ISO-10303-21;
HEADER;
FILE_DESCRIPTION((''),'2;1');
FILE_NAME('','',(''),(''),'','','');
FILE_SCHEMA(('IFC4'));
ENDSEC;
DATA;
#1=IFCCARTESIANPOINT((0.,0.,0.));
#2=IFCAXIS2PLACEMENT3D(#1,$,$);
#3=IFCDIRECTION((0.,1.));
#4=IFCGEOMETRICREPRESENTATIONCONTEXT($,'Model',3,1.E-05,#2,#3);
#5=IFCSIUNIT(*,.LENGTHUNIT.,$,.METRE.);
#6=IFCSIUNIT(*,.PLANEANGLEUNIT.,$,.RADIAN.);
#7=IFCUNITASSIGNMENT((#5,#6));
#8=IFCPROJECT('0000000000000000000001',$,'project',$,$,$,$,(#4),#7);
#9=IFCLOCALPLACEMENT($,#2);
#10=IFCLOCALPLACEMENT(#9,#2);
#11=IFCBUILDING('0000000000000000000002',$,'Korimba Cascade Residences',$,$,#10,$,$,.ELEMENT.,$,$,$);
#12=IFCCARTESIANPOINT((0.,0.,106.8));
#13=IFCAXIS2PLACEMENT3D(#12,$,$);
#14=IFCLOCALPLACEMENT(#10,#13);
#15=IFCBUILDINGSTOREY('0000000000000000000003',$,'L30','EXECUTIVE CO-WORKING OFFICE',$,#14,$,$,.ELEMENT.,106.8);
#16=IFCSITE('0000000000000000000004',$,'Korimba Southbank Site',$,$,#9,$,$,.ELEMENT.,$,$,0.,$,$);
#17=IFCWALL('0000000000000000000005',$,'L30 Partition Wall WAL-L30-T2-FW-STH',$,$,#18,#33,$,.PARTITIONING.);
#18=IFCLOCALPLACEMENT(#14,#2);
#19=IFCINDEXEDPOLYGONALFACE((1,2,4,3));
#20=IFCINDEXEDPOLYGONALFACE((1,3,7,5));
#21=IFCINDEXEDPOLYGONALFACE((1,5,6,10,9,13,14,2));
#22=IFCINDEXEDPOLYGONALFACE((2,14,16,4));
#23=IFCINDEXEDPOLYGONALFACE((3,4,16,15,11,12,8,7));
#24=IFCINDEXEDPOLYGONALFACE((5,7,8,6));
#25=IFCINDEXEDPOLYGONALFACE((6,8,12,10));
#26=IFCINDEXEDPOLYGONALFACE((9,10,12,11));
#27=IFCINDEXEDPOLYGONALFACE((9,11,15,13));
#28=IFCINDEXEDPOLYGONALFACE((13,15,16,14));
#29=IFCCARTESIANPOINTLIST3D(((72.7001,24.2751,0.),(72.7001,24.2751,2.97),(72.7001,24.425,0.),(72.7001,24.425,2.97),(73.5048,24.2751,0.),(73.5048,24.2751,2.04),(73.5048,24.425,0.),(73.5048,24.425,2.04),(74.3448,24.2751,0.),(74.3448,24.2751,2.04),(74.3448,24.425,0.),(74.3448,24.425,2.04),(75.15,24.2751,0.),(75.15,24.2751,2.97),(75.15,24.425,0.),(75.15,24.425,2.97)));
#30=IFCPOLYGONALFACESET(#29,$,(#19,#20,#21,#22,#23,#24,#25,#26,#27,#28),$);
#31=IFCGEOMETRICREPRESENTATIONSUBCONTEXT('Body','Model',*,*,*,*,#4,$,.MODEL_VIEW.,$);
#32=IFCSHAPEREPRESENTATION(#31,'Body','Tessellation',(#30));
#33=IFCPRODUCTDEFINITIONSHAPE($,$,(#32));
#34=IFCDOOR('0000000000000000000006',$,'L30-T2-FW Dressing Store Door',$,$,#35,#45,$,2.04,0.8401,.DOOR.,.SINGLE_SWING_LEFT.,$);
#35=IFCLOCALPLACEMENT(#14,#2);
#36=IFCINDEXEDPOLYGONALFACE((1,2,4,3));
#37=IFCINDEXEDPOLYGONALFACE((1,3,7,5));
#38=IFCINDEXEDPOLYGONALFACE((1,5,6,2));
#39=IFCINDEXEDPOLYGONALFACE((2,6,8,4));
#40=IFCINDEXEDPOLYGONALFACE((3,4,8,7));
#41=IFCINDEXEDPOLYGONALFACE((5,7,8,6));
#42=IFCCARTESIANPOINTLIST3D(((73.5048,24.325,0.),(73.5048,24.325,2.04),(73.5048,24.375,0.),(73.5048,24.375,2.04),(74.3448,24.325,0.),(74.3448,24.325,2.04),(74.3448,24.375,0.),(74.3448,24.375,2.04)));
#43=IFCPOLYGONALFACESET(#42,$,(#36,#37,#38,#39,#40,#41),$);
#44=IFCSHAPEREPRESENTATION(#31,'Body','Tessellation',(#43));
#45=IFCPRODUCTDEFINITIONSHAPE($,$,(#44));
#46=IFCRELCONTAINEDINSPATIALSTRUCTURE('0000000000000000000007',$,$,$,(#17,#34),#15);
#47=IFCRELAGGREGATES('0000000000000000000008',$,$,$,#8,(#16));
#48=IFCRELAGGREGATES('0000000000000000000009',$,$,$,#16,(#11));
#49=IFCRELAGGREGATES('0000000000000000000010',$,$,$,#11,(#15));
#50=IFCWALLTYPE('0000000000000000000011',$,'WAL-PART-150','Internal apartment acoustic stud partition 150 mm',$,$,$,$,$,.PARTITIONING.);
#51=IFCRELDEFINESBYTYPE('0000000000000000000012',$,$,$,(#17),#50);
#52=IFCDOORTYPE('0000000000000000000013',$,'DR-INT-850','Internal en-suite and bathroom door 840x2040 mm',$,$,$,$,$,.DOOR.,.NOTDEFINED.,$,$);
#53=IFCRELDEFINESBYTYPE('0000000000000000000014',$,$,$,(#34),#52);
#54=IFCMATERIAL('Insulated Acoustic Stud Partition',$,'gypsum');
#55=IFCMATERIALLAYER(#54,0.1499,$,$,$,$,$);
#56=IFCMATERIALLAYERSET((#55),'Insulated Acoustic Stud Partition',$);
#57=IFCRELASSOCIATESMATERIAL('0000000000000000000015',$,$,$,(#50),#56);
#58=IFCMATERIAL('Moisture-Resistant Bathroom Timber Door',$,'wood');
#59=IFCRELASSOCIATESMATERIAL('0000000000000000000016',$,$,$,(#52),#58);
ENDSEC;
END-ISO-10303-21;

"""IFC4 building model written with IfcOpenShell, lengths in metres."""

from ifc_helpers import new_model, si_unit, direction, frame, frame_2d, origin, place, context, subcontext, project, spatial, rectangle, extrude, material, layer, layer_set, type_object, element, fill, save


model = new_model("IFC4")

# Units and contexts
model_context = context("Model", 3, precision=1e-05, world=origin(), true_north=direction((0.0, 1.0)))
body_context = subcontext(model_context, "Body", "Model", "MODEL_VIEW")
ifc_project = project(units=[si_unit("LENGTHUNIT", "METRE"), si_unit("PLANEANGLEUNIT", "RADIAN")], contexts=[model_context])

# Site, building, storey
site_placement = place(None, origin())
site = spatial("IfcSite", under=ifc_project, at=site_placement, Name="Korimba Southbank Site", CompositionType="ELEMENT", RefElevation=0.0)
building_placement = place(site_placement, origin())
building = spatial("IfcBuilding", under=site, at=building_placement, Name="Korimba Cascade Residences", CompositionType="ELEMENT")
storey_placement = place(building_placement, frame((0.0, 0.0, 106.8)))
storey = spatial("IfcBuildingStorey", under=building, at=storey_placement, Name="L30", Description="EXECUTIVE CO-WORKING OFFICE", CompositionType="ELEMENT", Elevation=106.8)

# Shared definitions
ifc_material_1 = material(Name="Insulated Acoustic Stud Partition", Category="gypsum")
ifc_layer_1 = layer(ifc_material_1, 0.1499)
ifc_layer_set_1 = layer_set([ifc_layer_1], Name="Insulated Acoustic Stud Partition")
wall_type_1 = type_object("IfcWallType", Name="WAL-PART-150", Description="Internal apartment acoustic stud partition 150 mm", PredefinedType="PARTITIONING", material=ifc_layer_set_1)

# Wall, opening, door
wall_1_placement = place(storey_placement, frame((72.7, 24.3501, 0.0), z_axis=(0.0, 0.0, 1.0), x_axis=(1.0, 0.0, 0.0)))
wall_1 = element("IfcWall", 1, at=wall_1_placement, inside=storey, type_object=wall_type_1, Name="L30 Partition Wall WAL-L30-T2-FW-STH", PredefinedType="PARTITIONING", context=body_context, shape_type="SweptSolid", body=[
    extrude(rectangle(XDim=2.45, YDim=0.1499, at=frame_2d((1.2251, 0.0))), origin(), (0.0, 0.0, 1.0), 2.97),
])
opening_1_placement = place(wall_1_placement, frame((0.8049, 0.0, 0.0)))
opening_1 = element("IfcOpeningElement", 2, at=opening_1_placement, cuts=wall_1, PredefinedType="OPENING", context=body_context, shape_type="SweptSolid", body=[
    extrude(rectangle(XDim=0.8401, YDim=2.04, at=frame_2d((0.4199, 1.02))), frame((0.0, 0.085, 0.0), z_axis=(0.0, -1.0, 0.0), x_axis=(1.0, 0.0, 0.0)), (0.0, 0.0, 1.0), 0.1699),
])
ifc_material_2 = material(Name="Moisture-Resistant Bathroom Timber Door", Category="wood")
door_type_1 = type_object("IfcDoorType", Name="DR-INT-850", Description="Internal en-suite and bathroom door 840x2040 mm", OperationType="NOTDEFINED", PredefinedType="DOOR", material=ifc_material_2)
door_1_placement = place(opening_1_placement, origin())
door_1 = element("IfcDoor", 3, at=door_1_placement, inside=storey, type_object=door_type_1, Name="L30-T2-FW Dressing Store Door", OperationType="SINGLE_SWING_LEFT", OverallHeight=2.04, OverallWidth=0.8401, PredefinedType="DOOR", context=body_context, shape_type="SweptSolid", body=[
    extrude(rectangle(XDim=0.8401, YDim=2.04, at=frame_2d((0.4199, 1.02))), frame((0.0, 0.0249, 0.0), z_axis=(0.0, -1.0, 0.0), x_axis=(1.0, 0.0, 0.0)), (0.0, 0.0, 1.0), 0.05),
])
fill(opening_1, door_1)

save(model, "model.ifc")
